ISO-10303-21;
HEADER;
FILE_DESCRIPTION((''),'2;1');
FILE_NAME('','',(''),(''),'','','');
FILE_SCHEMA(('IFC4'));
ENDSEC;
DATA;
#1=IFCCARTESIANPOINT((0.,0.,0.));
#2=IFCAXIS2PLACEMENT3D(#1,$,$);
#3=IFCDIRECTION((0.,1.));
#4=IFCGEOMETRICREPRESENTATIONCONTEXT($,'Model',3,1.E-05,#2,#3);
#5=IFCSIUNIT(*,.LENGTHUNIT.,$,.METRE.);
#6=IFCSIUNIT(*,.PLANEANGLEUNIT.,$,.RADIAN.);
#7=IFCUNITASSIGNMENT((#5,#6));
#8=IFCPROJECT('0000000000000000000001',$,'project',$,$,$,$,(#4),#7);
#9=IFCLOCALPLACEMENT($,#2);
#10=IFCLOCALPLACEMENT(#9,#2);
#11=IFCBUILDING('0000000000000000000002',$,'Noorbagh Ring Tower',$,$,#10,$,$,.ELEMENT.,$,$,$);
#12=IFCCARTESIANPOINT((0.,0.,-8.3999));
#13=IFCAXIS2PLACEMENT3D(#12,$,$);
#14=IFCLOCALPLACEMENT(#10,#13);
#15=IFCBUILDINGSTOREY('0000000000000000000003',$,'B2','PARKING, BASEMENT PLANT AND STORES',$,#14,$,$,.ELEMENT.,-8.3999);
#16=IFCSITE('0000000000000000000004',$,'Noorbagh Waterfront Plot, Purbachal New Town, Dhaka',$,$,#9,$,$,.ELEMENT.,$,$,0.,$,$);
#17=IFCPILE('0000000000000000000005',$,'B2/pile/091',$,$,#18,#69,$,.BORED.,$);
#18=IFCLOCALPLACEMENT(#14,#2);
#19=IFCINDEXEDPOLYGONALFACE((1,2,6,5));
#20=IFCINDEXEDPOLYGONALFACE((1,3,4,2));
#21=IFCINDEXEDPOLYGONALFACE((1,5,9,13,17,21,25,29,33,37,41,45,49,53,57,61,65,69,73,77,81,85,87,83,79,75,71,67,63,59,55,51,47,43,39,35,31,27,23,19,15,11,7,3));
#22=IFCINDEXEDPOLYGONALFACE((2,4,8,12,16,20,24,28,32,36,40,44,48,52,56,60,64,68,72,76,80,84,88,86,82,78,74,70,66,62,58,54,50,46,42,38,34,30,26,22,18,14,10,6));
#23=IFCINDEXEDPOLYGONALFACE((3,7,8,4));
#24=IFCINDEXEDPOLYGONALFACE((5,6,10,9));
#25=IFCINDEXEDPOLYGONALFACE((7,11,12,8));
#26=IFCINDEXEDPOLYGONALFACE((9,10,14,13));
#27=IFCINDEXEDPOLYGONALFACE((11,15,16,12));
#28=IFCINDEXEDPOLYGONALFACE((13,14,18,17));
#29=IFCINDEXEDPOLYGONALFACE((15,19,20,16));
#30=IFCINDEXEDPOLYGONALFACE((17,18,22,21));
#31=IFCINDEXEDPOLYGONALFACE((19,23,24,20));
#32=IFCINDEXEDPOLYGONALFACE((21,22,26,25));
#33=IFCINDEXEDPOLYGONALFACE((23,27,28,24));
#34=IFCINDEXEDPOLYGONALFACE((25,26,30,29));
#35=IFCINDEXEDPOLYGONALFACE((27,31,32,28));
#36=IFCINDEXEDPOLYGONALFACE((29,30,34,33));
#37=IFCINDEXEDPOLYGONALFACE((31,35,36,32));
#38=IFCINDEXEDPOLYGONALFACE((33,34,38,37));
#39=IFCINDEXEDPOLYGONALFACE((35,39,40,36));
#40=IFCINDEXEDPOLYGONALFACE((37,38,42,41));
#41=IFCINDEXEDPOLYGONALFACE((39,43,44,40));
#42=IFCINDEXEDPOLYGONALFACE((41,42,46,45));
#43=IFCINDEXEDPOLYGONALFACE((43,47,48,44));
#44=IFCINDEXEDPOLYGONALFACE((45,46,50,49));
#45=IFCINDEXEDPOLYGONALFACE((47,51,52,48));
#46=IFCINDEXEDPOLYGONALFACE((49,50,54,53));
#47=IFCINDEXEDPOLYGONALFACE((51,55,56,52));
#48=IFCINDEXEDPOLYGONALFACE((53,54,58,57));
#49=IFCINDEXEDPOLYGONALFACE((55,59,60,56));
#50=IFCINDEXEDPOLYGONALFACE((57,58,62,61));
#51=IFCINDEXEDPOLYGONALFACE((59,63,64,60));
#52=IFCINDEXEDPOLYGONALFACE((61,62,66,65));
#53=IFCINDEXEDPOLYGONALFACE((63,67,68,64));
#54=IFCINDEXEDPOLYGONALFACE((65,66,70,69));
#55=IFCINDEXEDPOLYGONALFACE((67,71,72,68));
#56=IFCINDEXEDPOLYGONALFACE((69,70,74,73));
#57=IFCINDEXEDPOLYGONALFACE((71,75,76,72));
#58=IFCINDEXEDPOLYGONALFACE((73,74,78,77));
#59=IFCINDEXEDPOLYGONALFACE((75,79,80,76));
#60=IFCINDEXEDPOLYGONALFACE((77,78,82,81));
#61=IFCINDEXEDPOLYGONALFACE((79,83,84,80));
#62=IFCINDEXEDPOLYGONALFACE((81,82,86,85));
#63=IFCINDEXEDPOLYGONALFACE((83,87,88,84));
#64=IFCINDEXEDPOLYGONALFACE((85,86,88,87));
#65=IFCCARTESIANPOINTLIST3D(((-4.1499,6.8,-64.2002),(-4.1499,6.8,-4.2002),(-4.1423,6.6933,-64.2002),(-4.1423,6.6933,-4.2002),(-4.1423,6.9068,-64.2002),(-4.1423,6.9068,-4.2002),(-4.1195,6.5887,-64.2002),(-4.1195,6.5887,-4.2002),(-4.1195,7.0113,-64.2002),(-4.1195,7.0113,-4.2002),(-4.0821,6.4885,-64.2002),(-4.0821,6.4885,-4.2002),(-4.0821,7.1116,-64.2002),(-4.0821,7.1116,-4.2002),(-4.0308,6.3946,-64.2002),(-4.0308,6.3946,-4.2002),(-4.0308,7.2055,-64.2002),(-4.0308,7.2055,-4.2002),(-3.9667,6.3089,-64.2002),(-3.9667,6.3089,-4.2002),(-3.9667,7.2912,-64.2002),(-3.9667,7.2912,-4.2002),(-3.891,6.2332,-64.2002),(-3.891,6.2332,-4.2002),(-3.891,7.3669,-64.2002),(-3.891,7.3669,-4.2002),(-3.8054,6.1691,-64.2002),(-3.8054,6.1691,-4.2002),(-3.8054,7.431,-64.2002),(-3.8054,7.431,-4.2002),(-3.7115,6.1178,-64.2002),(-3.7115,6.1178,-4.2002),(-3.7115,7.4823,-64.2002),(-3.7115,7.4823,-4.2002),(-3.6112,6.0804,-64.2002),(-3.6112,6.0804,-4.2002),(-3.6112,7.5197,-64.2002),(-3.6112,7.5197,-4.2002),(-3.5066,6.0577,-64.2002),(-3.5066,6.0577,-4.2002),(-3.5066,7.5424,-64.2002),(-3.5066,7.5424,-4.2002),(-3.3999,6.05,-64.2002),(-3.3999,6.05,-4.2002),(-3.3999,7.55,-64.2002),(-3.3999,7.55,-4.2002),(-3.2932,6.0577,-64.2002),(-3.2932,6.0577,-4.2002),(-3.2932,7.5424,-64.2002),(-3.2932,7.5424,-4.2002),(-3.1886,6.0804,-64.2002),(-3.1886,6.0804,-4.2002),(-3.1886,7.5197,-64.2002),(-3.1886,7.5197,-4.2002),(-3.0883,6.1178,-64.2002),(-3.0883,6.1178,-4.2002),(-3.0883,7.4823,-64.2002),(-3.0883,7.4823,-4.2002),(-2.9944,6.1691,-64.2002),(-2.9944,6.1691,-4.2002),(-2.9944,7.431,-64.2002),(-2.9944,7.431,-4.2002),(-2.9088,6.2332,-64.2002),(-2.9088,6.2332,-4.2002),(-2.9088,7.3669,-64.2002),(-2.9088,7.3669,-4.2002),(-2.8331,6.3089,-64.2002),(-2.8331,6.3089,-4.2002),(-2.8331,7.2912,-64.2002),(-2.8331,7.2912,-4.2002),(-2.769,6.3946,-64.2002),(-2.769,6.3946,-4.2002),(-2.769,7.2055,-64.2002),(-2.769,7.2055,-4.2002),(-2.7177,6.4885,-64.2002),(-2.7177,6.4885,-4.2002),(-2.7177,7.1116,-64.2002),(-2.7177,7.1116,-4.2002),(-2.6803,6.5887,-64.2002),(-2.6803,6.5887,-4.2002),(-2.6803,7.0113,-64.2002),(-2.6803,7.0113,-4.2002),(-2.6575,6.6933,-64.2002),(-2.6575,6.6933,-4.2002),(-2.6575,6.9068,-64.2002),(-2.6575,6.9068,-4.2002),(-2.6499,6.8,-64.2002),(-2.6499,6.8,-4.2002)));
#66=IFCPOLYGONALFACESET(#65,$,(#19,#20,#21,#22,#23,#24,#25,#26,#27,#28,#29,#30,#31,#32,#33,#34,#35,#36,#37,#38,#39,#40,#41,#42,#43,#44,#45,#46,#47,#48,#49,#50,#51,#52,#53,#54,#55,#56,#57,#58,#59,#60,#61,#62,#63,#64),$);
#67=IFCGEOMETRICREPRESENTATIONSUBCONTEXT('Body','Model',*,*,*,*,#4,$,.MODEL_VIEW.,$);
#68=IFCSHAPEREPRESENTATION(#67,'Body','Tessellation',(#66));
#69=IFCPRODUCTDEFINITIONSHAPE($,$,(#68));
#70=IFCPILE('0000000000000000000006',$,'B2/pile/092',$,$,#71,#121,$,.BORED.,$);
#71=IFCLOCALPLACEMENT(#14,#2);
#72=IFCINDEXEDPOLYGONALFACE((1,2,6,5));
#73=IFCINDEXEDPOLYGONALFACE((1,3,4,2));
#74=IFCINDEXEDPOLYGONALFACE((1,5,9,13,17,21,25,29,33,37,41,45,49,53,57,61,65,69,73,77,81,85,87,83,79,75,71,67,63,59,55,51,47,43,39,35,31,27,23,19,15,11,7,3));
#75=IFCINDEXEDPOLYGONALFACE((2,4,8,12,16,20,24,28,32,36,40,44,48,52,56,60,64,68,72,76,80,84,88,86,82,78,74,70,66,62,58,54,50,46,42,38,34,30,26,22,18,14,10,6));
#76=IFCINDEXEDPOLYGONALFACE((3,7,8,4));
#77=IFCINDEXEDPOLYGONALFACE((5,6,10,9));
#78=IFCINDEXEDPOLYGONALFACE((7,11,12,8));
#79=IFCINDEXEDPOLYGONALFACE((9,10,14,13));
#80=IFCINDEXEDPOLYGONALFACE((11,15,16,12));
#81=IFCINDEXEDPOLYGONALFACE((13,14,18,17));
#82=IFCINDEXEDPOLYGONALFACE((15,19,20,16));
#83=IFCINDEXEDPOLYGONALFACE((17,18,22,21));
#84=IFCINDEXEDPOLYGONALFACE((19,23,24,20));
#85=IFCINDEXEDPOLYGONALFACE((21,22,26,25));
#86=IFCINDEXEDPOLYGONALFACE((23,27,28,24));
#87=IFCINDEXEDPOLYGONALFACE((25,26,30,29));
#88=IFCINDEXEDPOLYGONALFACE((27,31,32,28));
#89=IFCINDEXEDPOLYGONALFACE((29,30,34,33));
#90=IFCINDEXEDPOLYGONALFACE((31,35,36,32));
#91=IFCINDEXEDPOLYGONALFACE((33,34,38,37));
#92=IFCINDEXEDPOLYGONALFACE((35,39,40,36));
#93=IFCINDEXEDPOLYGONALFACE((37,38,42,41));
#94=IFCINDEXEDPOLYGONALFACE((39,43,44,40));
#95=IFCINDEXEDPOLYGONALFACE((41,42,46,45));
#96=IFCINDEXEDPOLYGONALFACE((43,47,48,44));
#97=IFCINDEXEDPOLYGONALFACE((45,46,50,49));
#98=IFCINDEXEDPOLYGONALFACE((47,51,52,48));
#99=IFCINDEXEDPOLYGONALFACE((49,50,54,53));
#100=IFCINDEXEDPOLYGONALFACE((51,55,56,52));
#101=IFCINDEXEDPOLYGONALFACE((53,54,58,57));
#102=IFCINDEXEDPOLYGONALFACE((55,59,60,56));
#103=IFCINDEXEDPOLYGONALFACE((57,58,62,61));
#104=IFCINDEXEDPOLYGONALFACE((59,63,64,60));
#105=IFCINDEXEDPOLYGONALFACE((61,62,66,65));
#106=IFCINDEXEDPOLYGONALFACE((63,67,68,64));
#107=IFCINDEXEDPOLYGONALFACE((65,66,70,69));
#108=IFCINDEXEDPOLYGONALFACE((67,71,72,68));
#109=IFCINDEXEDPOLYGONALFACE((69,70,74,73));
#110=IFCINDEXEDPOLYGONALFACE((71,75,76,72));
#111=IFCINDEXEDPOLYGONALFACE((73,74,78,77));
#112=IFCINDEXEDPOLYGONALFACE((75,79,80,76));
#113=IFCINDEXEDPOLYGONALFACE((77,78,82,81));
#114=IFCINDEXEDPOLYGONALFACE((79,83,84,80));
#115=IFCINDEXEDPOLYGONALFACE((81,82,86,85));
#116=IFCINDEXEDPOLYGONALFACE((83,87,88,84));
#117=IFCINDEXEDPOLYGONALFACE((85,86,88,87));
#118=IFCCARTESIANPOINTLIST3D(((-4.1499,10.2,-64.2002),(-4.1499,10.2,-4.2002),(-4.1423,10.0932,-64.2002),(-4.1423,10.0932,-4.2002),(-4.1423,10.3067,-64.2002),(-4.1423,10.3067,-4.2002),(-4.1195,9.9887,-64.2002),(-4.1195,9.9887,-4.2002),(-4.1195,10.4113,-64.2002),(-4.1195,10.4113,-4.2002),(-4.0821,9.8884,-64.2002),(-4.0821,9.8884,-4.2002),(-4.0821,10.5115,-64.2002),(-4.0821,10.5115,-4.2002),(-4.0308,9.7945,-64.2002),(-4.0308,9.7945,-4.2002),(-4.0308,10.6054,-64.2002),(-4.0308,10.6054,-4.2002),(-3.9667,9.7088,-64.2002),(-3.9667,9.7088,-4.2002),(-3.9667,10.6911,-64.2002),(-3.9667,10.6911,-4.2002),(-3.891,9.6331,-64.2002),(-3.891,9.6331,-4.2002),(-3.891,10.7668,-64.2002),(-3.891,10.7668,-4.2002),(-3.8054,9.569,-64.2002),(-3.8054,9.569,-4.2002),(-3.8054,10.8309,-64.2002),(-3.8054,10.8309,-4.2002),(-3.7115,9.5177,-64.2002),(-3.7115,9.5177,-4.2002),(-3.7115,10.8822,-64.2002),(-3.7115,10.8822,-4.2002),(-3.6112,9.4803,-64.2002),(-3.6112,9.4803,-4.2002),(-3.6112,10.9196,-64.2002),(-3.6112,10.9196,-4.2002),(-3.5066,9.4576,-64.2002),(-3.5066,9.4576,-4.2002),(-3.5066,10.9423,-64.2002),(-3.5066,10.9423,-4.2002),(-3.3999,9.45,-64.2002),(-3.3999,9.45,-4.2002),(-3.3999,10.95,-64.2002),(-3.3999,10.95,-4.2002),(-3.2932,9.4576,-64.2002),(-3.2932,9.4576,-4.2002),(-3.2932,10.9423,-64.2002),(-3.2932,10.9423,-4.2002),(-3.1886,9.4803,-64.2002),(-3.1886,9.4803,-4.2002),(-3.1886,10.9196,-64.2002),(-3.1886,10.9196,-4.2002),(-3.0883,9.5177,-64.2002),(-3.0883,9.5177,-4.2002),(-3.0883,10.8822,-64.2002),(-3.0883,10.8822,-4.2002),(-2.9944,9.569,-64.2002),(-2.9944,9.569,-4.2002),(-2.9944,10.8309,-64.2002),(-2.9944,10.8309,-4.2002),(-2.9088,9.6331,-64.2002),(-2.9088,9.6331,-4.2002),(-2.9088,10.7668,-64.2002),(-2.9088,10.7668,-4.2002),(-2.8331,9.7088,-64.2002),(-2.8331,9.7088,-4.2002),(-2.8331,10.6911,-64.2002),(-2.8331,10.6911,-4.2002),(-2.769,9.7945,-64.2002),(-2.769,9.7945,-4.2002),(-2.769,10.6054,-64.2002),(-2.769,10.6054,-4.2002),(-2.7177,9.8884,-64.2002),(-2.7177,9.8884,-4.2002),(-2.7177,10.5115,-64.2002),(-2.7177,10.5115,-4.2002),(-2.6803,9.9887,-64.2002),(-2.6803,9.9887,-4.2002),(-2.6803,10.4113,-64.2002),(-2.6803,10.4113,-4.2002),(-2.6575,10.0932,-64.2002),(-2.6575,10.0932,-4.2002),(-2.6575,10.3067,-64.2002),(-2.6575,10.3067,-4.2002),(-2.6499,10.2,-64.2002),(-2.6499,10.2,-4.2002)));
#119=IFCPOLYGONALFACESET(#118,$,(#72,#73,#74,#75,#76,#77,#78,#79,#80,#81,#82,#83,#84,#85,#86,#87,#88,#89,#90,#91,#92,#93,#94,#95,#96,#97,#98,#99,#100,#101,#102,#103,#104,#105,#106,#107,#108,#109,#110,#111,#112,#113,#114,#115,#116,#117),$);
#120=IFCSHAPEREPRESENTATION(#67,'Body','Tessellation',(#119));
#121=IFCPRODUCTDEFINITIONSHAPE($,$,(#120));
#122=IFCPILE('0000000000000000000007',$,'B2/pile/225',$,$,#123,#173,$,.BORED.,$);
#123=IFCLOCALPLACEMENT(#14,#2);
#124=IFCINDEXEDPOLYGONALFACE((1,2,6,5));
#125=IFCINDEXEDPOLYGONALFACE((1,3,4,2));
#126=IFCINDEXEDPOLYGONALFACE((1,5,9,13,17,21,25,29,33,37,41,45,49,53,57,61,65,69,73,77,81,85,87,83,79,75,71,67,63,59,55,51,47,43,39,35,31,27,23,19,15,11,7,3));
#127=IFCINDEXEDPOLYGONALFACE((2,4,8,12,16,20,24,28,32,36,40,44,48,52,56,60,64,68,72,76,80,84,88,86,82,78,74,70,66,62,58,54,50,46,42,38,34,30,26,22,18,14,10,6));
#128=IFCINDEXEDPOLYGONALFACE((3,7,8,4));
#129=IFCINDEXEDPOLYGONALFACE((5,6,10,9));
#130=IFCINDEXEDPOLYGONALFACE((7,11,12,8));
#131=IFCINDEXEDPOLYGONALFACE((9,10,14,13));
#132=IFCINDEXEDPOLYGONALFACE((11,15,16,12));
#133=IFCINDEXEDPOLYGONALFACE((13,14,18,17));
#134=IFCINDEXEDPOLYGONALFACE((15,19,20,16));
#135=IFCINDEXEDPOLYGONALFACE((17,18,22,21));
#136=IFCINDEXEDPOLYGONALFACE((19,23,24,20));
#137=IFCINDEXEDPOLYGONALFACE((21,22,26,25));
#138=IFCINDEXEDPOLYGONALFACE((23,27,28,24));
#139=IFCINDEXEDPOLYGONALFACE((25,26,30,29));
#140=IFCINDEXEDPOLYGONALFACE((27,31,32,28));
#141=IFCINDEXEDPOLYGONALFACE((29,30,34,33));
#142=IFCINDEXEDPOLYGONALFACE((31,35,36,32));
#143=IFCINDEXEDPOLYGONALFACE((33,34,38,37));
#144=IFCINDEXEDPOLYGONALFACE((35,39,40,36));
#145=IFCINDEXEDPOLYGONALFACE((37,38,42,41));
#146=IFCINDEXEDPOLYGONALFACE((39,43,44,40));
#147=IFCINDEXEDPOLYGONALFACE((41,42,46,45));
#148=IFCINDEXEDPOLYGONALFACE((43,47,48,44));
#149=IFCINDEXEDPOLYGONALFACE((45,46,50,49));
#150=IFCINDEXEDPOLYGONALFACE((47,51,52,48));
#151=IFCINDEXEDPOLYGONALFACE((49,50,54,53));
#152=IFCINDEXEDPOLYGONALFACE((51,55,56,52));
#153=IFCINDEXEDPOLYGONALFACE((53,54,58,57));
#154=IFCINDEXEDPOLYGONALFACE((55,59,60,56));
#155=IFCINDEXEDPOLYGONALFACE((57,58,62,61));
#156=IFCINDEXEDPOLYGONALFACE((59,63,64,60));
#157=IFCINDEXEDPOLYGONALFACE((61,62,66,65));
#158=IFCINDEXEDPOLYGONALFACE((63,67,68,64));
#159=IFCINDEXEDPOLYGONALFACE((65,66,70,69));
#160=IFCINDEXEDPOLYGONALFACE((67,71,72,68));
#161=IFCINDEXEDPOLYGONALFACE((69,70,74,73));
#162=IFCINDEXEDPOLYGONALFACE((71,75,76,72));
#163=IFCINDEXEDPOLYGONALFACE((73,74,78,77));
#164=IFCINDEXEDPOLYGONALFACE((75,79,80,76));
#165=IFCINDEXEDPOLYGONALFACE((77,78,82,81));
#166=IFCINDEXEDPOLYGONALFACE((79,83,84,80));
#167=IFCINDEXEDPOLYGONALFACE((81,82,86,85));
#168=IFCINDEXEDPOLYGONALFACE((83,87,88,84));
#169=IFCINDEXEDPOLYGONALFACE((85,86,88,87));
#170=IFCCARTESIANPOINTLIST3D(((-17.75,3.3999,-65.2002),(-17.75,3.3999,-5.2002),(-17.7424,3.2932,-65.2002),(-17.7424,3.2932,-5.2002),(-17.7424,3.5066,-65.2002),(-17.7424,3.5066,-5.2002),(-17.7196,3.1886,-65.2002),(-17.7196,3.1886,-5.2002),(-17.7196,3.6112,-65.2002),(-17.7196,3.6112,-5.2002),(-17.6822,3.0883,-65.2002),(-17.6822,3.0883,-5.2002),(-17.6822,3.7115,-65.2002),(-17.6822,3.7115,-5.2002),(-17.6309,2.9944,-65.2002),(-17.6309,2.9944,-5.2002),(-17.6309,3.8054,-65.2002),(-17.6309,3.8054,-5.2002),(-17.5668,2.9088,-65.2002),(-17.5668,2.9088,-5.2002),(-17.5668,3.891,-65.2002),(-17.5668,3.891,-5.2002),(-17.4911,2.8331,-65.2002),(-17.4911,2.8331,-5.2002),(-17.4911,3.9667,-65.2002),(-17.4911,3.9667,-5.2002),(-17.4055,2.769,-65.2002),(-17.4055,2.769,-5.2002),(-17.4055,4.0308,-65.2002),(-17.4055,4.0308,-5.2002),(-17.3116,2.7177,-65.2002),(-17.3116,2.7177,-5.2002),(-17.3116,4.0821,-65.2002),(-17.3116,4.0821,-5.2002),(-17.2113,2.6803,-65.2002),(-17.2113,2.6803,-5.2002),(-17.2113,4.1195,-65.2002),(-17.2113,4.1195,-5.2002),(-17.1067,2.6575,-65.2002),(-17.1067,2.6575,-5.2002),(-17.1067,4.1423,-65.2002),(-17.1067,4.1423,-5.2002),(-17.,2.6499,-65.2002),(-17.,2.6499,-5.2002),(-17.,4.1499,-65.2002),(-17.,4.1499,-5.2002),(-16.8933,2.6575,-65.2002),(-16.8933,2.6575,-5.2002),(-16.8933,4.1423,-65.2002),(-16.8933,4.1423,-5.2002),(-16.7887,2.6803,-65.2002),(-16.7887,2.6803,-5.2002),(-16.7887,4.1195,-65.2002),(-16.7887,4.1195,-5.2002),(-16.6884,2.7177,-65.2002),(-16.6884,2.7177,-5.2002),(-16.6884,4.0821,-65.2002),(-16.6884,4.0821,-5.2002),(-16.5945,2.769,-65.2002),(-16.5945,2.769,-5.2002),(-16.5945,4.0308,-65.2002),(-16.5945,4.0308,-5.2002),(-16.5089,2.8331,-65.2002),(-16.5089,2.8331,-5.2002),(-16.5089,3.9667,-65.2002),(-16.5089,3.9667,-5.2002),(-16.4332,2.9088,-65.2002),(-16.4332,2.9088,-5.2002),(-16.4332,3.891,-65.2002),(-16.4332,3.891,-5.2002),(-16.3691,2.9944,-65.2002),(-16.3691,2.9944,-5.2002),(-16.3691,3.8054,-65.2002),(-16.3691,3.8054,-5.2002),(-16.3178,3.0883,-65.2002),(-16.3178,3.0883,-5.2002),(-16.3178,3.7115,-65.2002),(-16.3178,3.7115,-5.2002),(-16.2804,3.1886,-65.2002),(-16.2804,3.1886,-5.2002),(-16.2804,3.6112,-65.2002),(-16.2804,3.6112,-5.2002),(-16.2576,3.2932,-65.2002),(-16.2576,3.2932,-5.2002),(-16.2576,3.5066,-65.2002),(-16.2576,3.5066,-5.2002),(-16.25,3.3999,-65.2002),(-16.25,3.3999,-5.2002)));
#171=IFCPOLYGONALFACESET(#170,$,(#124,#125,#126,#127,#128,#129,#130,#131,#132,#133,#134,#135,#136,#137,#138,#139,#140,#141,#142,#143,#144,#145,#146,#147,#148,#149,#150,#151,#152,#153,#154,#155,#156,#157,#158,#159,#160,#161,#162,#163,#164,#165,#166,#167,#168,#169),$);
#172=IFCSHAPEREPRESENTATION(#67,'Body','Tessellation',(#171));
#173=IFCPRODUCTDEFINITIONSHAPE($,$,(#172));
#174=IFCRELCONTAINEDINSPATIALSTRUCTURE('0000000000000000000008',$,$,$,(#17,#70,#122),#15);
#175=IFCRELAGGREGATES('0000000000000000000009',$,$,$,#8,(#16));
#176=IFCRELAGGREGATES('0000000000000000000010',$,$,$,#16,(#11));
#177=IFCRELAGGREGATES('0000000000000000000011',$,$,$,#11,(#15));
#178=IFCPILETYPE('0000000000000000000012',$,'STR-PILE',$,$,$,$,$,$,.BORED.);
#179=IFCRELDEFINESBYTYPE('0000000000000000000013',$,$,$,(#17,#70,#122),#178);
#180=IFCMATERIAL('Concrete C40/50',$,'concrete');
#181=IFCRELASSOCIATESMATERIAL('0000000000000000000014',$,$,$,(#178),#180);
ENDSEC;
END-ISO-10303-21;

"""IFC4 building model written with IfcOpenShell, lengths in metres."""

from ifc_helpers import new_model, si_unit, direction, frame, origin, origin_2d, place, context, subcontext, project, spatial, circle, extrude, material, material_profile, profile_set, type_object, element, save


model = new_model("IFC4")

# Units and contexts
model_context = context("Model", 3, precision=1e-05, world=origin(), true_north=direction((0.0, 1.0)))
body_context = subcontext(model_context, "Body", "Model", "MODEL_VIEW")
ifc_project = project(units=[si_unit("LENGTHUNIT", "METRE"), si_unit("PLANEANGLEUNIT", "RADIAN")], contexts=[model_context])

# Site, building, storey
site_placement = place(None, origin())
site = spatial("IfcSite", under=ifc_project, at=site_placement, Name="Noorbagh Waterfront Plot, Purbachal New Town, Dhaka", CompositionType="ELEMENT", RefElevation=0.0)
building_placement = place(site_placement, origin())
building = spatial("IfcBuilding", under=site, at=building_placement, Name="Noorbagh Ring Tower", CompositionType="ELEMENT")
storey_placement = place(building_placement, frame((0.0, 0.0, -8.3999)))
storey = spatial("IfcBuildingStorey", under=building, at=storey_placement, Name="B2", Description="PARKING, BASEMENT PLANT AND STORES", CompositionType="ELEMENT", Elevation=-8.3999)

# Piles
ifc_material_1 = material(Name="Concrete C40/50", Category="concrete")
ifc_material_profile_1 = material_profile(ifc_material_1, circle(Radius=0.75, at=origin_2d()), Name="PILE1500")
ifc_profile_set_1 = profile_set([ifc_material_profile_1], Name="Concrete C40/50")
pile_type = type_object("IfcPileType", Name="STR-PILE", PredefinedType="BORED", material=ifc_profile_set_1)
for number, where, z_axis, x_axis, name in (
    (1, (-3.3999, 6.8, -4.2002), (0.0, 0.0, -1.0), (1.0, 0.0, 0.0), "B2/pile/091"),
    (2, (-3.3999, 10.2, -4.2002), (0.0, 0.0, -1.0), (1.0, 0.0, 0.0), "B2/pile/092"),
    (3, (-17.0, 3.3999, -5.2002), (0.0, 0.0, -1.0), (1.0, 0.0, 0.0), "B2/pile/225"),
):
    element("IfcPile", number, at=place(storey_placement, frame(where, z_axis=z_axis, x_axis=x_axis)), inside=storey, type_object=pile_type, Name=name, PredefinedType="BORED", context=body_context, shape_type="SweptSolid", body=[
        extrude(circle(Radius=0.75, at=origin_2d()), origin(), (0.0, 0.0, 1.0), 60.0),
    ])

save(model, "model.ifc")
